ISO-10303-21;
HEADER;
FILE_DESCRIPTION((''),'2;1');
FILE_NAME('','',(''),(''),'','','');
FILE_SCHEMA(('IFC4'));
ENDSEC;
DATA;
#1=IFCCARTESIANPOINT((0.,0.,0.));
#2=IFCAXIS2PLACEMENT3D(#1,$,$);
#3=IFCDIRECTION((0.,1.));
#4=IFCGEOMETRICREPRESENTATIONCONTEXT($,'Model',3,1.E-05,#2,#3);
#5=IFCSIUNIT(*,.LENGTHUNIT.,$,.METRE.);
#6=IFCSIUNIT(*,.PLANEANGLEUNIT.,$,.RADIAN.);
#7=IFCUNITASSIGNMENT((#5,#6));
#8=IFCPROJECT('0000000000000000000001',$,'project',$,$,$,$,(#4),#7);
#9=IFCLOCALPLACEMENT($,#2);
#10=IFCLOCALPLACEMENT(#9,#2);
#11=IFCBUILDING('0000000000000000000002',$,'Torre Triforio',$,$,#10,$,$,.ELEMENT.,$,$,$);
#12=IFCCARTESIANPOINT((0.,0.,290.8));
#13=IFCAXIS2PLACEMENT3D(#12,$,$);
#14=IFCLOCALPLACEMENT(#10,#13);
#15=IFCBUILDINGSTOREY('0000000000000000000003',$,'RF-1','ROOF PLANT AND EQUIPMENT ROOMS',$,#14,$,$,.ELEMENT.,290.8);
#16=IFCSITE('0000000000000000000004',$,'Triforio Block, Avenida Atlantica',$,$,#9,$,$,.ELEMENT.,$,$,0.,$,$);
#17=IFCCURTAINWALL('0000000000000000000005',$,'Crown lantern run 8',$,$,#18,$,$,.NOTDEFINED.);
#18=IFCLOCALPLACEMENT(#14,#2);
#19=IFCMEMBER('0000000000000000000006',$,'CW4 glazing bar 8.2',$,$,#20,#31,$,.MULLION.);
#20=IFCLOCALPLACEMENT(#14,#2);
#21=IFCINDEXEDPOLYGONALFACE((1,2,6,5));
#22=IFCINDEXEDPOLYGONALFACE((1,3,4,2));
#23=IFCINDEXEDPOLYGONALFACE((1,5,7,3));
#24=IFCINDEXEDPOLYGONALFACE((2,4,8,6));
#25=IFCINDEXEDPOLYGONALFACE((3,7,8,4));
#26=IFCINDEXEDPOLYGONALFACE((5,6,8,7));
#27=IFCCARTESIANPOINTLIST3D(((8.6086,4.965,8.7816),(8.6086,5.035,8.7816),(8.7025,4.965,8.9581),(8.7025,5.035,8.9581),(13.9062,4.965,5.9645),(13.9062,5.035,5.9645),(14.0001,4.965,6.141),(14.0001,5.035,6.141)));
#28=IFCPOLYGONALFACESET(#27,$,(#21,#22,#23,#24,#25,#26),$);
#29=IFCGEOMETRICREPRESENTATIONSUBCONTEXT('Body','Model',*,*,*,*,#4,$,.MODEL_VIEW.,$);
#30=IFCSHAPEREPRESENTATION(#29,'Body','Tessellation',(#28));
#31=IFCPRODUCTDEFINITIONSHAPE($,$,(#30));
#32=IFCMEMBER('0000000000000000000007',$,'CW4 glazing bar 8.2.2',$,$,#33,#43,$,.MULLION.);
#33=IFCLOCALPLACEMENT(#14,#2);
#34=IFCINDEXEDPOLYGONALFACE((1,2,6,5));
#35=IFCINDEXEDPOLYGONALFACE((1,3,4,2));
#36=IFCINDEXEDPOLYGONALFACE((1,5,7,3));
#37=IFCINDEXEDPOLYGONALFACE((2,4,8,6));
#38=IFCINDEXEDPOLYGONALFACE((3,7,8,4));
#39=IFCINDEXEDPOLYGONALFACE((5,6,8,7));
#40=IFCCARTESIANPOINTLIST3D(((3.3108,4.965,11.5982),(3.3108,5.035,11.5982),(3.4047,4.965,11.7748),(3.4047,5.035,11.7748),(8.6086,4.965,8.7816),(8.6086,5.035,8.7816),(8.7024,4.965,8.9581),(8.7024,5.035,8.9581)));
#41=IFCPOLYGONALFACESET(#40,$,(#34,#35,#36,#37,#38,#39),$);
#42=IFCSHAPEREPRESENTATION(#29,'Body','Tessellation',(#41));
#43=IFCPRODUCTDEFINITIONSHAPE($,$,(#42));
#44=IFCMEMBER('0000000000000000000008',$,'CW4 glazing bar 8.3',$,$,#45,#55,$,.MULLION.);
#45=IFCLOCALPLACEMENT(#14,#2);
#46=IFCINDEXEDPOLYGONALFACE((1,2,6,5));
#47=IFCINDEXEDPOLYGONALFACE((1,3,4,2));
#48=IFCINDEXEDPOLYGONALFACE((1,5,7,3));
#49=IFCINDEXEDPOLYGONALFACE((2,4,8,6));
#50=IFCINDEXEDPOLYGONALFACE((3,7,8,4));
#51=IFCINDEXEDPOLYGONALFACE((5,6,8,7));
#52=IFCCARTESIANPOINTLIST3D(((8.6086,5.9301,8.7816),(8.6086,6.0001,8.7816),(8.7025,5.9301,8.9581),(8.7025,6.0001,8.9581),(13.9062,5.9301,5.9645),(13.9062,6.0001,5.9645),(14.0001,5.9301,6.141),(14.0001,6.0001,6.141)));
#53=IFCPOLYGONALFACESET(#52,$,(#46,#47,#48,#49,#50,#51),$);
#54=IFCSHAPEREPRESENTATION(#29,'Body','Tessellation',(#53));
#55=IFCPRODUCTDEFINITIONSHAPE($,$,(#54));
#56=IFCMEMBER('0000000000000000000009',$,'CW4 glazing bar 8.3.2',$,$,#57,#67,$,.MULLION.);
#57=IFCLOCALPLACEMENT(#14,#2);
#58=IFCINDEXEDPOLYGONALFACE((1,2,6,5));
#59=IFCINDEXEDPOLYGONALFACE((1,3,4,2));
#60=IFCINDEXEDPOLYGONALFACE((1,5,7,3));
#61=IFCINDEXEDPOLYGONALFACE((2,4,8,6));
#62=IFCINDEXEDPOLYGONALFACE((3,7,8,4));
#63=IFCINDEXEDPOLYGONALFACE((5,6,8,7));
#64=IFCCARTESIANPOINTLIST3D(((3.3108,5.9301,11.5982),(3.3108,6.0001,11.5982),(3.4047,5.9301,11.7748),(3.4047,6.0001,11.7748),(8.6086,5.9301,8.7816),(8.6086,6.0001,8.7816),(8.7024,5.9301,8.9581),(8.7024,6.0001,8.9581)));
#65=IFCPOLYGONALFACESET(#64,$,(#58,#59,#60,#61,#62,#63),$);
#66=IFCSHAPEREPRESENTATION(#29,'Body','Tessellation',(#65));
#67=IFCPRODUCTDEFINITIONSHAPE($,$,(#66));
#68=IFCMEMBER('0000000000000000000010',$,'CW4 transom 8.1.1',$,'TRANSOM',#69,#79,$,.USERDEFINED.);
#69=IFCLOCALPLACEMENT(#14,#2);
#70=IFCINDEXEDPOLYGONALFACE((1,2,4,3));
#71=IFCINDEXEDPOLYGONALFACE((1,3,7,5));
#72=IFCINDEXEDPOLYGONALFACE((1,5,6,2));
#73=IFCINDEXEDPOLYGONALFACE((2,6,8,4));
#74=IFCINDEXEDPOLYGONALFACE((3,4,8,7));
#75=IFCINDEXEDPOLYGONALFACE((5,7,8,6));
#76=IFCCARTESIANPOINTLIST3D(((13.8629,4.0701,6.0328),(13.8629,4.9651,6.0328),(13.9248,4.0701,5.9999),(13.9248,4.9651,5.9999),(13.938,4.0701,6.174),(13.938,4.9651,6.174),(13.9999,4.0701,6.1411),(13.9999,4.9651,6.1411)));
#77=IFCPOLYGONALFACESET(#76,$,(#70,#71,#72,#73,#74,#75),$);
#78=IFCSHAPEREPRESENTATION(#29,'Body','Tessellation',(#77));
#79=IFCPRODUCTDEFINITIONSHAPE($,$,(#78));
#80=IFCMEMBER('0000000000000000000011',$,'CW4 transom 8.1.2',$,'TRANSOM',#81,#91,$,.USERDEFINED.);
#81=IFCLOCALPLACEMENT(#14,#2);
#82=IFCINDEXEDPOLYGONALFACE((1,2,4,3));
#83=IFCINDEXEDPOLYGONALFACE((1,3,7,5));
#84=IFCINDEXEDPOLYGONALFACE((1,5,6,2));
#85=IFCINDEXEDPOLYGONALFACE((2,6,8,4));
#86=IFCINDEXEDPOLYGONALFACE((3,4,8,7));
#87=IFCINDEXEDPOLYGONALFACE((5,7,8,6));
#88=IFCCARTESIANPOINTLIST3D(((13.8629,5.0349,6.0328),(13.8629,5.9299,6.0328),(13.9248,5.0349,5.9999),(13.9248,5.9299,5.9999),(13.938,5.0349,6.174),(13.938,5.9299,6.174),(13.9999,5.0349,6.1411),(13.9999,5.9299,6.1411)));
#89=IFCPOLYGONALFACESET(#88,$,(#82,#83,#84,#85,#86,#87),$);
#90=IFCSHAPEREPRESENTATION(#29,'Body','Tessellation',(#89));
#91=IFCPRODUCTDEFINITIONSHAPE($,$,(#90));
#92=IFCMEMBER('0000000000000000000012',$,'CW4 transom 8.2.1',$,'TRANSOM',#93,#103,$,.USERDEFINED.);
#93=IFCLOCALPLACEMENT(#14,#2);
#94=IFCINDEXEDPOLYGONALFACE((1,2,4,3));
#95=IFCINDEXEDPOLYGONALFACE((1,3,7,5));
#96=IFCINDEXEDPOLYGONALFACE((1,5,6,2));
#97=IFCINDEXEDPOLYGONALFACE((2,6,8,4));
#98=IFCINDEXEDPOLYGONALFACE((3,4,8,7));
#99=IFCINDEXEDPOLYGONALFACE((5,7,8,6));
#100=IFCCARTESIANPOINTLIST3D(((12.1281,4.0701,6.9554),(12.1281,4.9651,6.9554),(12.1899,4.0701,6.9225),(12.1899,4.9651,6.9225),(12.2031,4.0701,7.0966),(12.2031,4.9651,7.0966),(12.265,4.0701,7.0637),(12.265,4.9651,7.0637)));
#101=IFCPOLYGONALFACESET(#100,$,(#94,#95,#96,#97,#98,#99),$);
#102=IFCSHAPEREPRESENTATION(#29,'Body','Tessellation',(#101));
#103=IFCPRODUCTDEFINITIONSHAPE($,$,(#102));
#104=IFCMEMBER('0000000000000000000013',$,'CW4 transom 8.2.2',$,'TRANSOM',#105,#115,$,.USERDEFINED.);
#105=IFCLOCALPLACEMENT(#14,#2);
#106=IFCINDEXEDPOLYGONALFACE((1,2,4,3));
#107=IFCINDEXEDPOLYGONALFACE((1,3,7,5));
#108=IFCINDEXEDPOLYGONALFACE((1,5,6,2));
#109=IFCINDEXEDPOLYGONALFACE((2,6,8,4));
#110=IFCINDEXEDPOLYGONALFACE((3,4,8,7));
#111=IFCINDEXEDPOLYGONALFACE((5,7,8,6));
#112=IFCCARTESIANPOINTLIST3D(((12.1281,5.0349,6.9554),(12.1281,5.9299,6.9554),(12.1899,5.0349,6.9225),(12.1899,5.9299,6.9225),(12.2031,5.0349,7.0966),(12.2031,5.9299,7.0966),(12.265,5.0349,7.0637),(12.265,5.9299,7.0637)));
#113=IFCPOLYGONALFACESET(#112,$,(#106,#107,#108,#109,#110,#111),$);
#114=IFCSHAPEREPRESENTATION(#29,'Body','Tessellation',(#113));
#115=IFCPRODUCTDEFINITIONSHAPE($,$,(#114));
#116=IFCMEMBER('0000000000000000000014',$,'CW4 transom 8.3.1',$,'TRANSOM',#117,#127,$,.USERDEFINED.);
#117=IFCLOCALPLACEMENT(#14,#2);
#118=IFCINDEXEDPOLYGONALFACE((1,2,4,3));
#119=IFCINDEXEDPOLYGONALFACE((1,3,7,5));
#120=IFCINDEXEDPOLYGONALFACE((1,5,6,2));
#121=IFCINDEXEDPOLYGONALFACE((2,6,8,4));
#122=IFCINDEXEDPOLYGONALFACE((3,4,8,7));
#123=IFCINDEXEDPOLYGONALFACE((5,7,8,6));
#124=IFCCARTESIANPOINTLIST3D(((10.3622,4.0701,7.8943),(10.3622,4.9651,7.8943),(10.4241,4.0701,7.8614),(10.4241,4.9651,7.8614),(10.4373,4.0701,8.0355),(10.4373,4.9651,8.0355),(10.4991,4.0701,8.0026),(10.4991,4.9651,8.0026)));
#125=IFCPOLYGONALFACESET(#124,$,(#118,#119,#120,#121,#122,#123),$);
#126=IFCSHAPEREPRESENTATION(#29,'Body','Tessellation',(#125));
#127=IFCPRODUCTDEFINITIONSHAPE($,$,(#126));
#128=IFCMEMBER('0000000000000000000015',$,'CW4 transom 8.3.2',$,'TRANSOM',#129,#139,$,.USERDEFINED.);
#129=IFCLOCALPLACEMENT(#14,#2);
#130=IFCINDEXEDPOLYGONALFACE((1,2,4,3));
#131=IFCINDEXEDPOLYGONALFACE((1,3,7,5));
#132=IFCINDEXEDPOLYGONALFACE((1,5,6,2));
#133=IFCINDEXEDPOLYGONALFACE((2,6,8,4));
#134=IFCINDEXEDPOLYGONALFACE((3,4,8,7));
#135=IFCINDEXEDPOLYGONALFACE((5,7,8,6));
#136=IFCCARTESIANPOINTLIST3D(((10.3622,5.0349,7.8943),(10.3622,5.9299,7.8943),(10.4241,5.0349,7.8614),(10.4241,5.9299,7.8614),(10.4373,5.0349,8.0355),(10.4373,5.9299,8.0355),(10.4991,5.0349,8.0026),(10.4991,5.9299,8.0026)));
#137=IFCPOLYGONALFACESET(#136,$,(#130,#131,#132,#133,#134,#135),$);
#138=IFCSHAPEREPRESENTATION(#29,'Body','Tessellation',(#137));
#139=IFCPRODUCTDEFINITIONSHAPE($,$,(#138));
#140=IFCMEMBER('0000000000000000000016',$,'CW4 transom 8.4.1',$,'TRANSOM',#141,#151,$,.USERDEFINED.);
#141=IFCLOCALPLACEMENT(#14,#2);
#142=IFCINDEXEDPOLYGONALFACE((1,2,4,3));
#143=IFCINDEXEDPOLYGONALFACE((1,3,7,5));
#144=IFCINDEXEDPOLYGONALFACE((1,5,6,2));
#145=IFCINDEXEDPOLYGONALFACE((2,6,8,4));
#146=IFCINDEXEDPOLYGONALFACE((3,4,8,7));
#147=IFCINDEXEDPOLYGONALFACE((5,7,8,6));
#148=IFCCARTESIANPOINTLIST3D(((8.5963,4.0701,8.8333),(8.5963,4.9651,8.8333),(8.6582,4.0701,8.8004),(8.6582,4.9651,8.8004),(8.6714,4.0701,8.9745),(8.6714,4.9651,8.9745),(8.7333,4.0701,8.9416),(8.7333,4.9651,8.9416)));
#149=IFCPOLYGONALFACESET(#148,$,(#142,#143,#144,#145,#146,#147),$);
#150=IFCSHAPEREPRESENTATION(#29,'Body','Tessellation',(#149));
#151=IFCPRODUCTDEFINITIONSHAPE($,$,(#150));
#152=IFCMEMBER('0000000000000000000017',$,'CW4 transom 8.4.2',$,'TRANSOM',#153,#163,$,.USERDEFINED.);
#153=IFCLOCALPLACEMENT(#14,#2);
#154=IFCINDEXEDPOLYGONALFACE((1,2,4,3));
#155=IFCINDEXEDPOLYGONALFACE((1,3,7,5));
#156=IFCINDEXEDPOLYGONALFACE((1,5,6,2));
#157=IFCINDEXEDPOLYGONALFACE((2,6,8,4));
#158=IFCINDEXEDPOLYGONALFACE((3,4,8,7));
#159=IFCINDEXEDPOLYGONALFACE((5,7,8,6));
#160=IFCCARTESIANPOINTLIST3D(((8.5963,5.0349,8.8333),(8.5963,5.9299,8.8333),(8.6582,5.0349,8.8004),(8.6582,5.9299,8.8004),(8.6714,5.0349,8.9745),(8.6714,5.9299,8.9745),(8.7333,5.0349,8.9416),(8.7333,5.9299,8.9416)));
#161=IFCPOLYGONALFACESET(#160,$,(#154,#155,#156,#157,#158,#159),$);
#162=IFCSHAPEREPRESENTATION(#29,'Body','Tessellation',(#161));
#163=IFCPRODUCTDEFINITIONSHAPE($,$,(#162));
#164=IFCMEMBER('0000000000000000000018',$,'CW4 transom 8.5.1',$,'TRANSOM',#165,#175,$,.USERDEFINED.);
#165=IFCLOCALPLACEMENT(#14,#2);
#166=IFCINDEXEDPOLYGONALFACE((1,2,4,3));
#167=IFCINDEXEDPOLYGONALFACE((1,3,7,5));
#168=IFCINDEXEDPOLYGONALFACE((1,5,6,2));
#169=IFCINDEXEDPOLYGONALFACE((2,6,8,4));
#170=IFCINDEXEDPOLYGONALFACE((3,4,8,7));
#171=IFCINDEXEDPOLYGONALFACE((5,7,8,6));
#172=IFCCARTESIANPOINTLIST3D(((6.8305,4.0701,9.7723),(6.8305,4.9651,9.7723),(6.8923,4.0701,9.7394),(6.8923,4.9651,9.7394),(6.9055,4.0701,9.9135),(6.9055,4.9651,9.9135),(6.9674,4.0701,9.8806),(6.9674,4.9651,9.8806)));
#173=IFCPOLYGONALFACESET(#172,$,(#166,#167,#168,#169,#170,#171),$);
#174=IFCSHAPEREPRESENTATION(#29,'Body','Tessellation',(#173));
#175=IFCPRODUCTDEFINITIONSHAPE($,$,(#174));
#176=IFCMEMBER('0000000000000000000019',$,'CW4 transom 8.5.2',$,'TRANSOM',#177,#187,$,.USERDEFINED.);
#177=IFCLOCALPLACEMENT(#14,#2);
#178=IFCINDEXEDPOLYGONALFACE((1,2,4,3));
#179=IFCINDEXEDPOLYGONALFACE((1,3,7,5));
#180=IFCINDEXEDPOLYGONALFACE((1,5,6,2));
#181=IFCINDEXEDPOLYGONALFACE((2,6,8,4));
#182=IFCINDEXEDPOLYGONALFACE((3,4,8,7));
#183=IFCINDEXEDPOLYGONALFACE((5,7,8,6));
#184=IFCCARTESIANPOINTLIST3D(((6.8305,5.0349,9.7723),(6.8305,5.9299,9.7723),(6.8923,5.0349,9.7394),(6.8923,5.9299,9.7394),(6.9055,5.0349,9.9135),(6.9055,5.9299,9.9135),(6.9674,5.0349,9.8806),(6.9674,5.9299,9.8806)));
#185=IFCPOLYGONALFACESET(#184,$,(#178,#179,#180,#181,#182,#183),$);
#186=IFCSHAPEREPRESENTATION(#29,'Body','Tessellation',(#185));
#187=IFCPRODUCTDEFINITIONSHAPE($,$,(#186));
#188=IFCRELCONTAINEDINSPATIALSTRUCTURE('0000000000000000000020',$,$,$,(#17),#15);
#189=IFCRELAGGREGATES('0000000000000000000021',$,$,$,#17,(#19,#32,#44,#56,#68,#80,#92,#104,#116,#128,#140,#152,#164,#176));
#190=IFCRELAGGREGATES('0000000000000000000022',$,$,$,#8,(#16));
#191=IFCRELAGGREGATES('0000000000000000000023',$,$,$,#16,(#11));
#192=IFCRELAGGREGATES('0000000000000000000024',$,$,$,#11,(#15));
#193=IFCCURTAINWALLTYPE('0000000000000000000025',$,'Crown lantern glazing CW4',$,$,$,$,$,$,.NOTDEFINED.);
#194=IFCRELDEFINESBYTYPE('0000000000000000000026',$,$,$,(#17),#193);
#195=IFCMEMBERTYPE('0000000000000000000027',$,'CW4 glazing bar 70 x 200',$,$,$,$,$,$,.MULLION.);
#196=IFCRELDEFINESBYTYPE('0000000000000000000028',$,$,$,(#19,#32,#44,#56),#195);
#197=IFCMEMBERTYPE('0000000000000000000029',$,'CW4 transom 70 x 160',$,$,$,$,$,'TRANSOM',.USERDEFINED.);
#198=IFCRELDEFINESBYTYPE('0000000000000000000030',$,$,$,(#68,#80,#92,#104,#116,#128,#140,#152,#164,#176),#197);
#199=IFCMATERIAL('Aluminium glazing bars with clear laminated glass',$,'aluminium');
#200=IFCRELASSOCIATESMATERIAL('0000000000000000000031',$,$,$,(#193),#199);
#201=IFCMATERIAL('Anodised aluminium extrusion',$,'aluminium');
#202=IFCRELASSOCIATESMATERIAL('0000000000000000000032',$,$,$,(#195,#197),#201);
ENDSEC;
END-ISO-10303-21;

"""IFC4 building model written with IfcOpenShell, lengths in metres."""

from ifc_helpers import new_model, si_unit, direction, frame, origin, origin_2d, place, context, subcontext, project, spatial, rectangle, extrude, material, material_profile, profile_set, type_object, element, aggregate, save


model = new_model("IFC4")

# Units and contexts
model_context = context("Model", 3, precision=1e-05, world=origin(), true_north=direction((0.0, 1.0)))
body_context = subcontext(model_context, "Body", "Model", "MODEL_VIEW")
ifc_project = project(units=[si_unit("LENGTHUNIT", "METRE"), si_unit("PLANEANGLEUNIT", "RADIAN")], contexts=[model_context])

# Site, building, storey
site_placement = place(None, origin())
site = spatial("IfcSite", under=ifc_project, at=site_placement, Name="Triforio Block, Avenida Atlantica", CompositionType="ELEMENT", RefElevation=0.0)
building_placement = place(site_placement, origin())
building = spatial("IfcBuilding", under=site, at=building_placement, Name="Torre Triforio", CompositionType="ELEMENT")
storey_placement = place(building_placement, frame((0.0, 0.0, 290.8)))
storey = spatial("IfcBuildingStorey", under=building, at=storey_placement, Name="RF-1", Description="ROOF PLANT AND EQUIPMENT ROOMS", CompositionType="ELEMENT", Elevation=290.8)

# Curtain wall, members
ifc_material_1 = material(Name="Aluminium glazing bars with clear laminated glass", Category="aluminium")
curtain_wall_type = type_object("IfcCurtainWallType", Name="Crown lantern glazing CW4", PredefinedType="NOTDEFINED", material=ifc_material_1)
curtain_wall_placement = place(storey_placement, origin())
curtain_wall = element("IfcCurtainWall", 1, at=curtain_wall_placement, inside=storey, type_object=curtain_wall_type, Name="Crown lantern run 8", PredefinedType="NOTDEFINED")
ifc_material_2 = material(Name="Anodised aluminium extrusion", Category="aluminium")
ifc_material_profile_1 = material_profile(ifc_material_2, rectangle(XDim=0.0701, YDim=0.2, at=origin_2d()), Name="CW4 MULLION 70x200")
ifc_profile_set_1 = profile_set([ifc_material_profile_1], Name="Anodised aluminium extrusion")
member_type_1 = type_object("IfcMemberType", Name="CW4 glazing bar 70 x 200", PredefinedType="MULLION", material=ifc_profile_set_1)
member_1_placement = place(storey_placement, frame((13.9531, 5.0, 6.0527), z_axis=(-0.882923, 0.0, 0.469517), x_axis=(0.0, -1.0, 0.0)))
member_1 = element("IfcMember", 2, at=member_1_placement, type_object=member_type_1, Name="CW4 glazing bar 8.2", PredefinedType="MULLION", context=body_context, shape_type="SweptSolid", body=[
    extrude(rectangle(XDim=0.0701, YDim=0.2, at=origin_2d()), origin(), (0.0, 0.0, 1.0), 6.0),
])
member_2_placement = place(storey_placement, frame((8.6555, 5.0, 8.8699), z_axis=(-0.882966, 0.0, 0.469437), x_axis=(0.0, -1.0, 0.0)))
member_2 = element("IfcMember", 3, at=member_2_placement, type_object=member_type_1, Name="CW4 glazing bar 8.2.2", PredefinedType="MULLION", context=body_context, shape_type="SweptSolid", body=[
    extrude(rectangle(XDim=0.0701, YDim=0.2, at=origin_2d()), origin(), (0.0, 0.0, 1.0), 6.0),
])
member_3_placement = place(storey_placement, frame((13.9531, 5.9651, 6.0527), z_axis=(-0.882923, 0.0, 0.469517), x_axis=(0.0, -1.0, 0.0)))
member_3 = element("IfcMember", 4, at=member_3_placement, type_object=member_type_1, Name="CW4 glazing bar 8.3", PredefinedType="MULLION", context=body_context, shape_type="SweptSolid", body=[
    extrude(rectangle(XDim=0.0701, YDim=0.2, at=origin_2d()), origin(), (0.0, 0.0, 1.0), 6.0),
])
member_4_placement = place(storey_placement, frame((8.6555, 5.9651, 8.8699), z_axis=(-0.882966, 0.0, 0.469437), x_axis=(0.0, -1.0, 0.0)))
member_4 = element("IfcMember", 5, at=member_4_placement, type_object=member_type_1, Name="CW4 glazing bar 8.3.2", PredefinedType="MULLION", context=body_context, shape_type="SweptSolid", body=[
    extrude(rectangle(XDim=0.0701, YDim=0.2, at=origin_2d()), origin(), (0.0, 0.0, 1.0), 6.0),
])
ifc_material_profile_2 = material_profile(ifc_material_2, rectangle(XDim=0.0701, YDim=0.1599, at=origin_2d()), Name="CW4 TRANSOM 70x160")
ifc_profile_set_2 = profile_set([ifc_material_profile_2], Name="Anodised aluminium extrusion")
member_type_2 = type_object("IfcMemberType", Name="CW4 transom 70 x 160", ElementType="TRANSOM", PredefinedType="USERDEFINED", material=ifc_profile_set_2)
member_5_placement = place(storey_placement, frame((13.9314, 4.0701, 6.0869), z_axis=(0.0, 1.0, 0.0), x_axis=(-0.882948, 0.0, 0.469472)))
member_5 = element("IfcMember", 6, at=member_5_placement, type_object=member_type_2, Name="CW4 transom 8.1.1", ObjectType="TRANSOM", PredefinedType="USERDEFINED", context=body_context, shape_type="SweptSolid", body=[
    extrude(rectangle(XDim=0.0701, YDim=0.1599, at=origin_2d()), origin(), (0.0, 0.0, 1.0), 0.895),
])
member_6_placement = place(storey_placement, frame((13.9314, 5.0349, 6.0869), z_axis=(0.0, 1.0, 0.0), x_axis=(-0.882948, 0.0, 0.469472)))
member_6 = element("IfcMember", 7, at=member_6_placement, type_object=member_type_2, Name="CW4 transom 8.1.2", ObjectType="TRANSOM", PredefinedType="USERDEFINED", context=body_context, shape_type="SweptSolid", body=[
    extrude(rectangle(XDim=0.0701, YDim=0.1599, at=origin_2d()), origin(), (0.0, 0.0, 1.0), 0.895),
])
member_7_placement = place(storey_placement, frame((12.1965, 4.0701, 7.0095), z_axis=(0.0, 1.0, 0.0), x_axis=(-0.882948, 0.0, 0.469472)))
member_7 = element("IfcMember", 8, at=member_7_placement, type_object=member_type_2, Name="CW4 transom 8.2.1", ObjectType="TRANSOM", PredefinedType="USERDEFINED", context=body_context, shape_type="SweptSolid", body=[
    extrude(rectangle(XDim=0.0701, YDim=0.1599, at=origin_2d()), origin(), (0.0, 0.0, 1.0), 0.895),
])
member_8_placement = place(storey_placement, frame((12.1965, 5.0349, 7.0095), z_axis=(0.0, 1.0, 0.0), x_axis=(-0.882948, 0.0, 0.469472)))
member_8 = element("IfcMember", 9, at=member_8_placement, type_object=member_type_2, Name="CW4 transom 8.2.2", ObjectType="TRANSOM", PredefinedType="USERDEFINED", context=body_context, shape_type="SweptSolid", body=[
    extrude(rectangle(XDim=0.0701, YDim=0.1599, at=origin_2d()), origin(), (0.0, 0.0, 1.0), 0.895),
])
member_9_placement = place(storey_placement, frame((10.4307, 4.0701, 7.9485), z_axis=(0.0, 1.0, 0.0), x_axis=(-0.882948, 0.0, 0.469472)))
member_9 = element("IfcMember", 10, at=member_9_placement, type_object=member_type_2, Name="CW4 transom 8.3.1", ObjectType="TRANSOM", PredefinedType="USERDEFINED", context=body_context, shape_type="SweptSolid", body=[
    extrude(rectangle(XDim=0.0701, YDim=0.1599, at=origin_2d()), origin(), (0.0, 0.0, 1.0), 0.895),
])
member_10_placement = place(storey_placement, frame((10.4307, 5.0349, 7.9485), z_axis=(0.0, 1.0, 0.0), x_axis=(-0.882948, 0.0, 0.469472)))
member_10 = element("IfcMember", 11, at=member_10_placement, type_object=member_type_2, Name="CW4 transom 8.3.2", ObjectType="TRANSOM", PredefinedType="USERDEFINED", context=body_context, shape_type="SweptSolid", body=[
    extrude(rectangle(XDim=0.0701, YDim=0.1599, at=origin_2d()), origin(), (0.0, 0.0, 1.0), 0.895),
])
member_11_placement = place(storey_placement, frame((8.6648, 4.0701, 8.8875), z_axis=(0.0, 1.0, 0.0), x_axis=(-0.882948, 0.0, 0.469472)))
member_11 = element("IfcMember", 12, at=member_11_placement, type_object=member_type_2, Name="CW4 transom 8.4.1", ObjectType="TRANSOM", PredefinedType="USERDEFINED", context=body_context, shape_type="SweptSolid", body=[
    extrude(rectangle(XDim=0.0701, YDim=0.1599, at=origin_2d()), origin(), (0.0, 0.0, 1.0), 0.895),
])
member_12_placement = place(storey_placement, frame((8.6648, 5.0349, 8.8875), z_axis=(0.0, 1.0, 0.0), x_axis=(-0.882948, 0.0, 0.469472)))
member_12 = element("IfcMember", 13, at=member_12_placement, type_object=member_type_2, Name="CW4 transom 8.4.2", ObjectType="TRANSOM", PredefinedType="USERDEFINED", context=body_context, shape_type="SweptSolid", body=[
    extrude(rectangle(XDim=0.0701, YDim=0.1599, at=origin_2d()), origin(), (0.0, 0.0, 1.0), 0.895),
])
member_13_placement = place(storey_placement, frame((6.8989, 4.0701, 9.8264), z_axis=(0.0, 1.0, 0.0), x_axis=(-0.882948, 0.0, 0.469472)))
member_13 = element("IfcMember", 14, at=member_13_placement, type_object=member_type_2, Name="CW4 transom 8.5.1", ObjectType="TRANSOM", PredefinedType="USERDEFINED", context=body_context, shape_type="SweptSolid", body=[
    extrude(rectangle(XDim=0.0701, YDim=0.1599, at=origin_2d()), origin(), (0.0, 0.0, 1.0), 0.895),
])
member_14_placement = place(storey_placement, frame((6.8989, 5.0349, 9.8264), z_axis=(0.0, 1.0, 0.0), x_axis=(-0.882948, 0.0, 0.469472)))
member_14 = element("IfcMember", 15, at=member_14_placement, type_object=member_type_2, Name="CW4 transom 8.5.2", ObjectType="TRANSOM", PredefinedType="USERDEFINED", context=body_context, shape_type="SweptSolid", body=[
    extrude(rectangle(XDim=0.0701, YDim=0.1599, at=origin_2d()), origin(), (0.0, 0.0, 1.0), 0.895),
])

aggregate(curtain_wall, [member_1, member_2, member_3, member_4, member_5, member_6, member_7, member_8, member_9, member_10, member_11, member_12, member_13, member_14])

save(model, "model.ifc")
